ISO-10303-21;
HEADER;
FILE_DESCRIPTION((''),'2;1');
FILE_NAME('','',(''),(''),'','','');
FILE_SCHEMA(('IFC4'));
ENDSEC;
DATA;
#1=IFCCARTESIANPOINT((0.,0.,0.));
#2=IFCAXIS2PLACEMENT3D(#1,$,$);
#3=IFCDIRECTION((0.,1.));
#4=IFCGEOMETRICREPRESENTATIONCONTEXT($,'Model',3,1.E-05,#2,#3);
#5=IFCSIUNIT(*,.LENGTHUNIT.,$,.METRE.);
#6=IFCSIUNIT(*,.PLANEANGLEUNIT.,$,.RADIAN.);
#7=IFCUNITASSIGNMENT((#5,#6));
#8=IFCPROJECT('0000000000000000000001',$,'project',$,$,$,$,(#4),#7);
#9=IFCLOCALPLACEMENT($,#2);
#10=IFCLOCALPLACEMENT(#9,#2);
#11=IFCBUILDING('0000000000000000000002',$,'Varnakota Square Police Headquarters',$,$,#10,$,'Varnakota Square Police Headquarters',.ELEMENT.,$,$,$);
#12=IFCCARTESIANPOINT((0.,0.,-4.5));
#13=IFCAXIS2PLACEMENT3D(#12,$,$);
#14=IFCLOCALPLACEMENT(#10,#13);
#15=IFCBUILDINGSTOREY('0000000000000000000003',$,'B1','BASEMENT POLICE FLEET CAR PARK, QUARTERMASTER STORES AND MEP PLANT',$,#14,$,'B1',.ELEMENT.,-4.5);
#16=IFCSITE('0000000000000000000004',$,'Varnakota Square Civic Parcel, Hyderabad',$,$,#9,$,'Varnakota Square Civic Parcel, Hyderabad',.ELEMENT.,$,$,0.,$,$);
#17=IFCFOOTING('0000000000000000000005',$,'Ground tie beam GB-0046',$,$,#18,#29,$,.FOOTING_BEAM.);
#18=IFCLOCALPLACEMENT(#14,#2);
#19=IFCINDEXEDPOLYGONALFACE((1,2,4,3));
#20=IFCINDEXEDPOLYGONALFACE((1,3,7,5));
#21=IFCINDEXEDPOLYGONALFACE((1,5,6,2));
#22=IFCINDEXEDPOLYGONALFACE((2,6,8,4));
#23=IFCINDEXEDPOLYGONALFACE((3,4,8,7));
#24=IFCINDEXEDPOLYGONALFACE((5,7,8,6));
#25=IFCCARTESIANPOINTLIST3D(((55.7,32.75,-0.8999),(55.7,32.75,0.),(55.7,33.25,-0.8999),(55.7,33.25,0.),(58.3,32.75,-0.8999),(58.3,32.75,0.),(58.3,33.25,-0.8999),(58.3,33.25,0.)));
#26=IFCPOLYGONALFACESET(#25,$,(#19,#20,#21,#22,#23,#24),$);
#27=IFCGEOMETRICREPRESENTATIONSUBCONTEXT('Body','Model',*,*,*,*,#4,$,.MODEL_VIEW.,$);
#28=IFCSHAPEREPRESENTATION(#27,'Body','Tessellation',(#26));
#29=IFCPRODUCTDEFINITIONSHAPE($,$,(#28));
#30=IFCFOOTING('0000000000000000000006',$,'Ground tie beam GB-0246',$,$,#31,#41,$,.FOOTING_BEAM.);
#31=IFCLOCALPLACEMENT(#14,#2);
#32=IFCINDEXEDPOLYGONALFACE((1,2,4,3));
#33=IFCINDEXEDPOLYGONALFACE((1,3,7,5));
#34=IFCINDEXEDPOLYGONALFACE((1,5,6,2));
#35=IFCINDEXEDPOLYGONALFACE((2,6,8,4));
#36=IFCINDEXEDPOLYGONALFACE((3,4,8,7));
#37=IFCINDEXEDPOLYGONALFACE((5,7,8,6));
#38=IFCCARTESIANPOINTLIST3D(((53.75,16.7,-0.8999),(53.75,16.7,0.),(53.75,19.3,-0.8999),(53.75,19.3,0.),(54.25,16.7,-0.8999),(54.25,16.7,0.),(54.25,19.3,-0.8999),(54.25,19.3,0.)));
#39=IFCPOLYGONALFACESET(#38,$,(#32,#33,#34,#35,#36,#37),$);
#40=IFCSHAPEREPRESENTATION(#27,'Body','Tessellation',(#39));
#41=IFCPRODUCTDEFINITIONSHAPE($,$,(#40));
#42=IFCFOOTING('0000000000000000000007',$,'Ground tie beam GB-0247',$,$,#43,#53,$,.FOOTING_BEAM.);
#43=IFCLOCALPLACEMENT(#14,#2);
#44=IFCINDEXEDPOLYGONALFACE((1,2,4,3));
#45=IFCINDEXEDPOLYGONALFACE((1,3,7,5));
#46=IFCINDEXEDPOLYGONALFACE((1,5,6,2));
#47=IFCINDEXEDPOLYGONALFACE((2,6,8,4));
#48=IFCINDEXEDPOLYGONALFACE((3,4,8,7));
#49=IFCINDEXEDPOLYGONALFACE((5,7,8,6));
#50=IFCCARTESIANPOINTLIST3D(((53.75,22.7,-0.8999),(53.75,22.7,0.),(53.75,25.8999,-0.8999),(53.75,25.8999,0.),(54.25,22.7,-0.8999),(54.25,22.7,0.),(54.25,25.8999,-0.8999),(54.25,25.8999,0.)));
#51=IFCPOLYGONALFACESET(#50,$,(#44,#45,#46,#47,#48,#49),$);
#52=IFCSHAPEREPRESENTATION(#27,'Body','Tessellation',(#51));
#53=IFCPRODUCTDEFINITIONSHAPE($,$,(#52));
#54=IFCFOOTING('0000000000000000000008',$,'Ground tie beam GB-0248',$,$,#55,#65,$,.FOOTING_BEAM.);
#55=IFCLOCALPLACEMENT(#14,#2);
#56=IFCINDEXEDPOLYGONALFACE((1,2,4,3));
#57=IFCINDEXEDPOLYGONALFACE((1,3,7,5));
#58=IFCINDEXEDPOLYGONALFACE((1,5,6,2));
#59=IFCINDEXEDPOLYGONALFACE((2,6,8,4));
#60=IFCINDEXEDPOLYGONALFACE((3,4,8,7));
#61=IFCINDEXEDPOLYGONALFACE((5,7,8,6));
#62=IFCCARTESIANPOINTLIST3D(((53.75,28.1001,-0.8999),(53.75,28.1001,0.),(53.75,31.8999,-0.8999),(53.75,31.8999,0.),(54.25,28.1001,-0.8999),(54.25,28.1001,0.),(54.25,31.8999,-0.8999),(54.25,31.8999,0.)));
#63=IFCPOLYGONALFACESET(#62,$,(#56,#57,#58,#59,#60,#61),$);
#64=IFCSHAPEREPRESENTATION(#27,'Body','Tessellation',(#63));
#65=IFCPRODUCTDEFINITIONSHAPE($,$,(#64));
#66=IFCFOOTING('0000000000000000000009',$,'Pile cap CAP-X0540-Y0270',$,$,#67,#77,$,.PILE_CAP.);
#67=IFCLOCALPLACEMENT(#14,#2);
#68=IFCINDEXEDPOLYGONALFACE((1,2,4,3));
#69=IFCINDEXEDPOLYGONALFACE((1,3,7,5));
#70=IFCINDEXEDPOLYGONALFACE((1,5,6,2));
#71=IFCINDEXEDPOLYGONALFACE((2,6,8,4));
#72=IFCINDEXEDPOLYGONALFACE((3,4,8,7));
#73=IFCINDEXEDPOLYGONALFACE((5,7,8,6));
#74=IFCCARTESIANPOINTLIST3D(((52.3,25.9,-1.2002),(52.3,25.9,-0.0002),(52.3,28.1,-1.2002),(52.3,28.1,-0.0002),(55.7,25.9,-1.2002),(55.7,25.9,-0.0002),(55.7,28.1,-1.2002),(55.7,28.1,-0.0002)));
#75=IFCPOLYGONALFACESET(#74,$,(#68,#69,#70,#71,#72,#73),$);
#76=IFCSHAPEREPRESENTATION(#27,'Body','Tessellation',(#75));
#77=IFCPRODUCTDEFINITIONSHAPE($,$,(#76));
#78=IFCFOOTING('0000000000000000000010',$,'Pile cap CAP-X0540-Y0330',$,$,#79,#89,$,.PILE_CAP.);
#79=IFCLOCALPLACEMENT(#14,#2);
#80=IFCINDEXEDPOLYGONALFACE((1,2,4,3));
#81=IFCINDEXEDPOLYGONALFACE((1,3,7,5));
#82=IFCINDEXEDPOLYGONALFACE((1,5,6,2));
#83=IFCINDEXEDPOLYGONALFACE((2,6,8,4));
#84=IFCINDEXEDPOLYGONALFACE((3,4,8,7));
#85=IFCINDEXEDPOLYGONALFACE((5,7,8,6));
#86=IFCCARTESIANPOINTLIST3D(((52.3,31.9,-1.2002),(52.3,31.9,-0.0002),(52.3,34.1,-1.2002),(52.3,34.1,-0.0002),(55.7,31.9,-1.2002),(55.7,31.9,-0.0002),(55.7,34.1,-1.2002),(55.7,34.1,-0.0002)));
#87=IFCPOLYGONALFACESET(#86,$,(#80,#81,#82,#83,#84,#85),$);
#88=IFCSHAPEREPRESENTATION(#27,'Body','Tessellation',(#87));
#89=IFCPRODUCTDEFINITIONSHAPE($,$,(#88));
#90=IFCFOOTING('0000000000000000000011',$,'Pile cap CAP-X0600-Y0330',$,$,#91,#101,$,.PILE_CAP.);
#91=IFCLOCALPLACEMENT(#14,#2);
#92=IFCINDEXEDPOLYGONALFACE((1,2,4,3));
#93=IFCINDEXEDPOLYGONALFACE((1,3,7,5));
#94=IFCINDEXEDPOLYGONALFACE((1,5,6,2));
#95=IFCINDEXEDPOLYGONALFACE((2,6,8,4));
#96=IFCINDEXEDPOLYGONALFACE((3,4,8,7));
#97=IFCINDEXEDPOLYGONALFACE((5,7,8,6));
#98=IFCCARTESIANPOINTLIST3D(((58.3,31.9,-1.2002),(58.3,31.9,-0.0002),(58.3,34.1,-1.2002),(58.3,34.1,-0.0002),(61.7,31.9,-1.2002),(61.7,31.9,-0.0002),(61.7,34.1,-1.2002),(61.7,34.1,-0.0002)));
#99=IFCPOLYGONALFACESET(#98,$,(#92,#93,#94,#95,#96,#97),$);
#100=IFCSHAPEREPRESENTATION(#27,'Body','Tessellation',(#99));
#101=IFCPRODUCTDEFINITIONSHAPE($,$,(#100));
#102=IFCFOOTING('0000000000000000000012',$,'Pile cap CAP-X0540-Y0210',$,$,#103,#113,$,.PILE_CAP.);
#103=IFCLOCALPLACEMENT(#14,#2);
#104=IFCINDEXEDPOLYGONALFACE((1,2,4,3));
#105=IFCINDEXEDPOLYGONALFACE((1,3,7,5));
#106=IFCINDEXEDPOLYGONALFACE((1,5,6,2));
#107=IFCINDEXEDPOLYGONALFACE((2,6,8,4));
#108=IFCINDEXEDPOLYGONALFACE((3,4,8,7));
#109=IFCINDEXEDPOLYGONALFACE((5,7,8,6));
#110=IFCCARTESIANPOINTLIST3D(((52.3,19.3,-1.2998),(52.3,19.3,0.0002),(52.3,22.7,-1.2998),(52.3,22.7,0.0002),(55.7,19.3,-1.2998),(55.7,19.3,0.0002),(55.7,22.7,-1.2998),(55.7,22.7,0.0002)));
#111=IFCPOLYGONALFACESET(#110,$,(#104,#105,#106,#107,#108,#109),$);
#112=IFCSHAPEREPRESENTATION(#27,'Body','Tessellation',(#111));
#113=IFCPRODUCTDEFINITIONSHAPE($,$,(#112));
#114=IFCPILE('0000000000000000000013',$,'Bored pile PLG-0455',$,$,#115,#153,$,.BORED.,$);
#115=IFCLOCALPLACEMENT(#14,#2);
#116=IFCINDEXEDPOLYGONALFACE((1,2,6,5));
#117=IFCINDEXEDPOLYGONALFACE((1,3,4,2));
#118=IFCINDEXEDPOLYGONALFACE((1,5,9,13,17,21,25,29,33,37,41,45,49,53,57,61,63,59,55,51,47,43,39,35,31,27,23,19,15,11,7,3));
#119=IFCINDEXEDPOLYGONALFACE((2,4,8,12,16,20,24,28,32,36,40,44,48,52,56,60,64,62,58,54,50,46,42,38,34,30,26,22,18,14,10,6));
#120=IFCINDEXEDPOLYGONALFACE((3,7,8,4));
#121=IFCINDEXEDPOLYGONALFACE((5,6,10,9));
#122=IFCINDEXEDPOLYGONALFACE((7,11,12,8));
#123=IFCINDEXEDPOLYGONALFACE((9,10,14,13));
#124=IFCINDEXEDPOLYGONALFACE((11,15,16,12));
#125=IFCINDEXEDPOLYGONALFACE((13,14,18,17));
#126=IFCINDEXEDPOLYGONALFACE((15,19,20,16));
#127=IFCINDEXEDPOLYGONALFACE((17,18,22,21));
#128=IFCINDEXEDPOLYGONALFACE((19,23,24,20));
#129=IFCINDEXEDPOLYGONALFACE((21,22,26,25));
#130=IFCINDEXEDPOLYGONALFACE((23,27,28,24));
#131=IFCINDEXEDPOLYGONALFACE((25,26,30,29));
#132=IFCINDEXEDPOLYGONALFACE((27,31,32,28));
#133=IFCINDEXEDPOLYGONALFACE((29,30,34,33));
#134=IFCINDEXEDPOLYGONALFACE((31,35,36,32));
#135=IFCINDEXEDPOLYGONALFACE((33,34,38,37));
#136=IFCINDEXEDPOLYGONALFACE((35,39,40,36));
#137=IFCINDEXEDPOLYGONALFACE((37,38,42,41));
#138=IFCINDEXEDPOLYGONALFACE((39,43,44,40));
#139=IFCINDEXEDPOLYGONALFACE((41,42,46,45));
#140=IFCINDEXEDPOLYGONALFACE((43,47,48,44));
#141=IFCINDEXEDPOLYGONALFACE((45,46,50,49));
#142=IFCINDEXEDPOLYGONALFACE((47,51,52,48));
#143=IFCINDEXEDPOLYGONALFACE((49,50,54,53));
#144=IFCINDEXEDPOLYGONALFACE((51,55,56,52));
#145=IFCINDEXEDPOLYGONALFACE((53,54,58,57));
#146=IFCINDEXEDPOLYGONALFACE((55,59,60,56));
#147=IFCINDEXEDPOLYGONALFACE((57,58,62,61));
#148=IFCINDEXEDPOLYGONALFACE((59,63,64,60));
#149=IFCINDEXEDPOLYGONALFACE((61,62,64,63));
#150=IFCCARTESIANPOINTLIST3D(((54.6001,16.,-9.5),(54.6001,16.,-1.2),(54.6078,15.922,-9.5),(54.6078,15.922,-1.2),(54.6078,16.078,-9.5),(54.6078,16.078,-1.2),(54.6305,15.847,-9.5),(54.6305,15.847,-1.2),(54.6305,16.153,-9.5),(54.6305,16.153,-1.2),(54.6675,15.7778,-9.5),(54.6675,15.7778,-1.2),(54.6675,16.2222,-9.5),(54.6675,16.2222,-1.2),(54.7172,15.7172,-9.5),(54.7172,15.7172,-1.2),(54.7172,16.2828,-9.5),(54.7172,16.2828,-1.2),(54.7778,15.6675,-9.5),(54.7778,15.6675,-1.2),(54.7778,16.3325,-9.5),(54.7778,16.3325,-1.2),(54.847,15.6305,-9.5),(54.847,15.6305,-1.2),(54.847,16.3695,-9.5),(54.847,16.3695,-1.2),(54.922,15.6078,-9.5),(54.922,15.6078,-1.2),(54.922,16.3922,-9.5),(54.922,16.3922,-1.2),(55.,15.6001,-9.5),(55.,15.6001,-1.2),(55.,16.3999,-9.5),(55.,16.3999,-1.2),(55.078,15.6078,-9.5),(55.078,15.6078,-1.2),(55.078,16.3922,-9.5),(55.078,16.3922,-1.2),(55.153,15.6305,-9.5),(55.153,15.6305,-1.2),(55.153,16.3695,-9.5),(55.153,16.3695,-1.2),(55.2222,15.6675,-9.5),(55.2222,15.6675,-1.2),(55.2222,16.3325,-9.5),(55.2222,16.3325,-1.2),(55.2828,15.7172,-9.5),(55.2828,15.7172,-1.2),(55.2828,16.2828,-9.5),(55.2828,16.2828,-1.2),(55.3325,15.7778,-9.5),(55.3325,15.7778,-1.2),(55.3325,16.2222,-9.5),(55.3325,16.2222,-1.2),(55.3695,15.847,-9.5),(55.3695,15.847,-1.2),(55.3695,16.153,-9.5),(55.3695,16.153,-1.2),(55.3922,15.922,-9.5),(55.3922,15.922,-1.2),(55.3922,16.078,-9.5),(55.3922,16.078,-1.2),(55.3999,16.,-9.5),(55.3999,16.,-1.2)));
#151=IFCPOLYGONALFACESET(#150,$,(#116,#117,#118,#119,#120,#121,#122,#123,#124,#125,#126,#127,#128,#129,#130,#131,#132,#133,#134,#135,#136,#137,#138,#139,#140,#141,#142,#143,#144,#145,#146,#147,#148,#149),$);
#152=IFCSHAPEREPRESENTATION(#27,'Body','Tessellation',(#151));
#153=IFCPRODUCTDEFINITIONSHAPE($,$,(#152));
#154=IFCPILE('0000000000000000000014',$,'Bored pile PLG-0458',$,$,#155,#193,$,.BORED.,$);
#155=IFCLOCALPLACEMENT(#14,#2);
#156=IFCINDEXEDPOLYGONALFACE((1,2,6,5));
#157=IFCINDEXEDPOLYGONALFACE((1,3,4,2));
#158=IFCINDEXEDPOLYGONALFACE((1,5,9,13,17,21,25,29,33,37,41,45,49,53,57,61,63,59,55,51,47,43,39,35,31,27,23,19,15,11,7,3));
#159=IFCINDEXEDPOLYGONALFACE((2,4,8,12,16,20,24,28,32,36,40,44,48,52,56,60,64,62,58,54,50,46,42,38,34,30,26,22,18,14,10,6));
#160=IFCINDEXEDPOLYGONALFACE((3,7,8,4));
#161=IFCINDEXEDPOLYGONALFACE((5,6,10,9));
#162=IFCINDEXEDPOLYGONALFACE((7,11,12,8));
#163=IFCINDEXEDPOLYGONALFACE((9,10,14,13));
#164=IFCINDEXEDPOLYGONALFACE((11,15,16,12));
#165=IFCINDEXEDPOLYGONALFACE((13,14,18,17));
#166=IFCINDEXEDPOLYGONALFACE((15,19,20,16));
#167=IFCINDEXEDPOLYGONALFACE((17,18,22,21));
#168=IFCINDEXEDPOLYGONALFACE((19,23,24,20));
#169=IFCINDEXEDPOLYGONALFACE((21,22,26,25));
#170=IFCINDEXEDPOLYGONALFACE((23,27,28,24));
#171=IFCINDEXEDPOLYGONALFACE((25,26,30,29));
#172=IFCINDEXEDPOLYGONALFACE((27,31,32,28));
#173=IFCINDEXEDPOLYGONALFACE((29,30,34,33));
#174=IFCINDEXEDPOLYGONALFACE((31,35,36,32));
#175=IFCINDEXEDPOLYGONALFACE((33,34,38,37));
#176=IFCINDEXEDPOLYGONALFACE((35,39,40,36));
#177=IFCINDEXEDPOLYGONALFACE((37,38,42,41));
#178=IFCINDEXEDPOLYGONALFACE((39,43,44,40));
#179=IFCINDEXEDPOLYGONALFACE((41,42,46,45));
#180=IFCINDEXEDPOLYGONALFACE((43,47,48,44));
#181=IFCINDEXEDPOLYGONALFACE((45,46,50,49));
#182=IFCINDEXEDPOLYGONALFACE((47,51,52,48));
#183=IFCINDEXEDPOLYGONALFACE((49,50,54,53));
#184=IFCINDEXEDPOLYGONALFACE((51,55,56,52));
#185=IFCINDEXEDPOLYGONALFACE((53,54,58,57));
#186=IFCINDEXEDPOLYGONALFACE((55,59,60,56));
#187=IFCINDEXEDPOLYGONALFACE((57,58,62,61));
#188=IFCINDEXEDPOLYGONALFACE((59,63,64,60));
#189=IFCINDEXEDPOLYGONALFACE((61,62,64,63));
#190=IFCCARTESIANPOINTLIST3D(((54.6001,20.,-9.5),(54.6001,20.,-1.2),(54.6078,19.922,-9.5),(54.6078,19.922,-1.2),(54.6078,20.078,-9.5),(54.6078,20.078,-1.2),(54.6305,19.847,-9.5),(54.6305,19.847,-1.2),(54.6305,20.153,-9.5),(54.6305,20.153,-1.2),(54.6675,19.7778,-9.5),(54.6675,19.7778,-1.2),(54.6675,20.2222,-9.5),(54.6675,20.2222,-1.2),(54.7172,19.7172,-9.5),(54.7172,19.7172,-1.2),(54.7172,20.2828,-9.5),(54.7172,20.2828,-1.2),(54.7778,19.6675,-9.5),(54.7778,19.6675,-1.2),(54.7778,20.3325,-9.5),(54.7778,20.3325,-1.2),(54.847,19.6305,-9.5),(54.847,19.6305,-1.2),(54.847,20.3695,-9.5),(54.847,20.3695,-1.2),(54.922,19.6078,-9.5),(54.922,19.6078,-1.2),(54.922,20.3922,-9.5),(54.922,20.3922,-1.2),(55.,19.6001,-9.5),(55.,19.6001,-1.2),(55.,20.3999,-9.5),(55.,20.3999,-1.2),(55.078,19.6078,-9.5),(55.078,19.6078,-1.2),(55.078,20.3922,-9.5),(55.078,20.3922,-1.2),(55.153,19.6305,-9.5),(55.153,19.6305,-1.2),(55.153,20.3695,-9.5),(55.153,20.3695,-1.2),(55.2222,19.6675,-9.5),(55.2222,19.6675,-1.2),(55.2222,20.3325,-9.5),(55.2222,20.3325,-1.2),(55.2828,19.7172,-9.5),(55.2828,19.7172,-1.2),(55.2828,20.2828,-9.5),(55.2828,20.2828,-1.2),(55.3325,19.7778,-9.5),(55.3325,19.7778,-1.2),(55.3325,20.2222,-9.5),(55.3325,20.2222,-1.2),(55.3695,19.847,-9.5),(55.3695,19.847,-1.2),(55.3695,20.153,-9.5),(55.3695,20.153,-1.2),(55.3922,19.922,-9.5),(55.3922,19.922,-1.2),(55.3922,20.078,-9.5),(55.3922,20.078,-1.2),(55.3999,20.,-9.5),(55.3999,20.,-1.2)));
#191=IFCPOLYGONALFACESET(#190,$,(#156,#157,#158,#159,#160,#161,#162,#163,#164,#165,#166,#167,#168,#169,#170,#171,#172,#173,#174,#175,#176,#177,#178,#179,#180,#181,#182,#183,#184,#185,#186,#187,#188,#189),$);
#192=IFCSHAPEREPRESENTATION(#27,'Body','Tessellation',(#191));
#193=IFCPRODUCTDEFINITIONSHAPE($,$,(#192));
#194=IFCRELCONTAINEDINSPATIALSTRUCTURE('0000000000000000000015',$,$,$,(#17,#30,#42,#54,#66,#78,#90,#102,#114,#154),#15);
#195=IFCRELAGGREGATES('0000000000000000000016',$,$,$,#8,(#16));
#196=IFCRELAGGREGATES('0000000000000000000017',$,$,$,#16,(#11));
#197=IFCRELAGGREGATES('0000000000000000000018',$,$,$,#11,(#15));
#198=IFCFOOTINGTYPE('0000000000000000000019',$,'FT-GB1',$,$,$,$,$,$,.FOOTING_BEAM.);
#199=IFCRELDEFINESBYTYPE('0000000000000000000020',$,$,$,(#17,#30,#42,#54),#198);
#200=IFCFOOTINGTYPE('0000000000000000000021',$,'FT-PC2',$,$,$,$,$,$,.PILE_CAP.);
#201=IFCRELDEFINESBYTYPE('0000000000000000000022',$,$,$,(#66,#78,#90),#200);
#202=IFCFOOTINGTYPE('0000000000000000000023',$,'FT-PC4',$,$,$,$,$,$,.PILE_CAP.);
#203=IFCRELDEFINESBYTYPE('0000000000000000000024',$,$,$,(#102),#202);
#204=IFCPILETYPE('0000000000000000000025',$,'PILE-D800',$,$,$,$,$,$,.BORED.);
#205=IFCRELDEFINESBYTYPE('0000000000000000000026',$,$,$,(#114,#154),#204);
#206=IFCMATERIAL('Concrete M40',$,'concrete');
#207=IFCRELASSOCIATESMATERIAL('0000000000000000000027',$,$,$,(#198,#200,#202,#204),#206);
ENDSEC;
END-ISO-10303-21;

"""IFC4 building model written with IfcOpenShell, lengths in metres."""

from ifc_helpers import new_model, si_unit, direction, frame, origin, origin_2d, place, context, subcontext, project, spatial, rectangle, circle, extrude, material, material_profile, profile_set, type_object, element, save


model = new_model("IFC4")

# Units and contexts
model_context = context("Model", 3, precision=1e-05, world=origin(), true_north=direction((0.0, 1.0)))
body_context = subcontext(model_context, "Body", "Model", "MODEL_VIEW")
ifc_project = project(units=[si_unit("LENGTHUNIT", "METRE"), si_unit("PLANEANGLEUNIT", "RADIAN")], contexts=[model_context])

# Site, building, storey
site_placement = place(None, origin())
site = spatial("IfcSite", under=ifc_project, at=site_placement, Name="Varnakota Square Civic Parcel, Hyderabad", LongName="Varnakota Square Civic Parcel, Hyderabad", CompositionType="ELEMENT", RefElevation=0.0)
building_placement = place(site_placement, origin())
building = spatial("IfcBuilding", under=site, at=building_placement, Name="Varnakota Square Police Headquarters", LongName="Varnakota Square Police Headquarters", CompositionType="ELEMENT")
storey_placement = place(building_placement, frame((0.0, 0.0, -4.5)))
storey = spatial("IfcBuildingStorey", under=building, at=storey_placement, Name="B1", Description="BASEMENT POLICE FLEET CAR PARK, QUARTERMASTER STORES AND MEP PLANT", LongName="B1", CompositionType="ELEMENT", Elevation=-4.5)

# Footings
ifc_material_1 = material(Name="Concrete M40", Category="concrete")
ifc_material_profile_1 = material_profile(ifc_material_1, rectangle(XDim=0.5, YDim=0.8999, at=origin_2d()), Name="GB 500x900")
ifc_profile_set_1 = profile_set([ifc_material_profile_1], Name="Concrete M40")
footing_type_1 = type_object("IfcFootingType", Name="FT-GB1", PredefinedType="FOOTING_BEAM", material=ifc_profile_set_1)
for number, where, z_axis, x_axis, name in (
    (1, (55.7, 33.0, -0.45), (1.0, 0.0, 0.0), (0.0, 1.0, 0.0), "Ground tie beam GB-0046"),
    (2, (54.0, 16.7, -0.45), (0.0, 1.0, 0.0), (-1.0, 0.0, 0.0), "Ground tie beam GB-0246"),
):
    element("IfcFooting", number, at=place(storey_placement, frame(where, z_axis=z_axis, x_axis=x_axis)), inside=storey, type_object=footing_type_1, Name=name, PredefinedType="FOOTING_BEAM", context=body_context, shape_type="SweptSolid", body=[
        extrude(rectangle(XDim=0.5, YDim=0.8999, at=origin_2d()), origin(), (0.0, 0.0, 1.0), 2.6001),
    ])
footing_1_placement = place(storey_placement, frame((54.0, 22.7, -0.45), z_axis=(0.0, 1.0, 0.0), x_axis=(-1.0, 0.0, 0.0)))
element("IfcFooting", 3, at=footing_1_placement, inside=storey, type_object=footing_type_1, Name="Ground tie beam GB-0247", PredefinedType="FOOTING_BEAM", context=body_context, shape_type="SweptSolid", body=[
    extrude(rectangle(XDim=0.5, YDim=0.8999, at=origin_2d()), origin(), (0.0, 0.0, 1.0), 3.2),
])
footing_2_placement = place(storey_placement, frame((54.0, 28.1001, -0.45), z_axis=(0.0, 1.0, 0.0), x_axis=(-1.0, 0.0, 0.0)))
element("IfcFooting", 4, at=footing_2_placement, inside=storey, type_object=footing_type_1, Name="Ground tie beam GB-0248", PredefinedType="FOOTING_BEAM", context=body_context, shape_type="SweptSolid", body=[
    extrude(rectangle(XDim=0.5, YDim=0.8999, at=origin_2d()), origin(), (0.0, 0.0, 1.0), 3.7998),
])
footing_type_2 = type_object("IfcFootingType", Name="FT-PC2", PredefinedType="PILE_CAP", material=ifc_material_1)
for number, where, z_axis, x_axis, name in (
    (5, (54.0, 27.0, -1.2002), (0.0, 0.0, 1.0), (1.0, 0.0, 0.0), "Pile cap CAP-X0540-Y0270"),
    (6, (54.0, 33.0, -1.2002), (0.0, 0.0, 1.0), (1.0, 0.0, 0.0), "Pile cap CAP-X0540-Y0330"),
    (7, (60.0, 33.0, -1.2002), (0.0, 0.0, 1.0), (1.0, 0.0, 0.0), "Pile cap CAP-X0600-Y0330"),
):
    element("IfcFooting", number, at=place(storey_placement, frame(where, z_axis=z_axis, x_axis=x_axis)), inside=storey, type_object=footing_type_2, Name=name, PredefinedType="PILE_CAP", context=body_context, shape_type="SweptSolid", body=[
        extrude(rectangle(XDim=3.3999, YDim=2.2, at=origin_2d()), origin(), (0.0, 0.0, 1.0), 1.2),
    ])
footing_type_3 = type_object("IfcFootingType", Name="FT-PC4", PredefinedType="PILE_CAP", material=ifc_material_1)
footing_3_placement = place(storey_placement, frame((54.0, 21.0, -1.2998), z_axis=(0.0, 0.0, 1.0), x_axis=(1.0, 0.0, 0.0)))
element("IfcFooting", 8, at=footing_3_placement, inside=storey, type_object=footing_type_3, Name="Pile cap CAP-X0540-Y0210", PredefinedType="PILE_CAP", context=body_context, shape_type="SweptSolid", body=[
    extrude(rectangle(XDim=3.3999, YDim=3.3999, at=origin_2d()), origin(), (0.0, 0.0, 1.0), 1.3),
])

# Piles
ifc_material_profile_2 = material_profile(ifc_material_1, circle(Radius=0.3999, at=origin_2d()), Name="BORED PILE 800")
ifc_profile_set_2 = profile_set([ifc_material_profile_2], Name="Concrete M40")
pile_type = type_object("IfcPileType", Name="PILE-D800", PredefinedType="BORED", material=ifc_profile_set_2)
for number, where, z_axis, x_axis, name in (
    (9, (55.0, 16.0, -1.2), (0.0, 0.0, -1.0), (1.0, 0.0, 0.0), "Bored pile PLG-0455"),
    (10, (55.0, 20.0, -1.2), (0.0, 0.0, -1.0), (1.0, 0.0, 0.0), "Bored pile PLG-0458"),
):
    element("IfcPile", number, at=place(storey_placement, frame(where, z_axis=z_axis, x_axis=x_axis)), inside=storey, type_object=pile_type, Name=name, PredefinedType="BORED", context=body_context, shape_type="SweptSolid", body=[
        extrude(circle(Radius=0.3999, at=origin_2d()), origin(), (0.0, 0.0, 1.0), 8.3),
    ])

save(model, "model.ifc")
